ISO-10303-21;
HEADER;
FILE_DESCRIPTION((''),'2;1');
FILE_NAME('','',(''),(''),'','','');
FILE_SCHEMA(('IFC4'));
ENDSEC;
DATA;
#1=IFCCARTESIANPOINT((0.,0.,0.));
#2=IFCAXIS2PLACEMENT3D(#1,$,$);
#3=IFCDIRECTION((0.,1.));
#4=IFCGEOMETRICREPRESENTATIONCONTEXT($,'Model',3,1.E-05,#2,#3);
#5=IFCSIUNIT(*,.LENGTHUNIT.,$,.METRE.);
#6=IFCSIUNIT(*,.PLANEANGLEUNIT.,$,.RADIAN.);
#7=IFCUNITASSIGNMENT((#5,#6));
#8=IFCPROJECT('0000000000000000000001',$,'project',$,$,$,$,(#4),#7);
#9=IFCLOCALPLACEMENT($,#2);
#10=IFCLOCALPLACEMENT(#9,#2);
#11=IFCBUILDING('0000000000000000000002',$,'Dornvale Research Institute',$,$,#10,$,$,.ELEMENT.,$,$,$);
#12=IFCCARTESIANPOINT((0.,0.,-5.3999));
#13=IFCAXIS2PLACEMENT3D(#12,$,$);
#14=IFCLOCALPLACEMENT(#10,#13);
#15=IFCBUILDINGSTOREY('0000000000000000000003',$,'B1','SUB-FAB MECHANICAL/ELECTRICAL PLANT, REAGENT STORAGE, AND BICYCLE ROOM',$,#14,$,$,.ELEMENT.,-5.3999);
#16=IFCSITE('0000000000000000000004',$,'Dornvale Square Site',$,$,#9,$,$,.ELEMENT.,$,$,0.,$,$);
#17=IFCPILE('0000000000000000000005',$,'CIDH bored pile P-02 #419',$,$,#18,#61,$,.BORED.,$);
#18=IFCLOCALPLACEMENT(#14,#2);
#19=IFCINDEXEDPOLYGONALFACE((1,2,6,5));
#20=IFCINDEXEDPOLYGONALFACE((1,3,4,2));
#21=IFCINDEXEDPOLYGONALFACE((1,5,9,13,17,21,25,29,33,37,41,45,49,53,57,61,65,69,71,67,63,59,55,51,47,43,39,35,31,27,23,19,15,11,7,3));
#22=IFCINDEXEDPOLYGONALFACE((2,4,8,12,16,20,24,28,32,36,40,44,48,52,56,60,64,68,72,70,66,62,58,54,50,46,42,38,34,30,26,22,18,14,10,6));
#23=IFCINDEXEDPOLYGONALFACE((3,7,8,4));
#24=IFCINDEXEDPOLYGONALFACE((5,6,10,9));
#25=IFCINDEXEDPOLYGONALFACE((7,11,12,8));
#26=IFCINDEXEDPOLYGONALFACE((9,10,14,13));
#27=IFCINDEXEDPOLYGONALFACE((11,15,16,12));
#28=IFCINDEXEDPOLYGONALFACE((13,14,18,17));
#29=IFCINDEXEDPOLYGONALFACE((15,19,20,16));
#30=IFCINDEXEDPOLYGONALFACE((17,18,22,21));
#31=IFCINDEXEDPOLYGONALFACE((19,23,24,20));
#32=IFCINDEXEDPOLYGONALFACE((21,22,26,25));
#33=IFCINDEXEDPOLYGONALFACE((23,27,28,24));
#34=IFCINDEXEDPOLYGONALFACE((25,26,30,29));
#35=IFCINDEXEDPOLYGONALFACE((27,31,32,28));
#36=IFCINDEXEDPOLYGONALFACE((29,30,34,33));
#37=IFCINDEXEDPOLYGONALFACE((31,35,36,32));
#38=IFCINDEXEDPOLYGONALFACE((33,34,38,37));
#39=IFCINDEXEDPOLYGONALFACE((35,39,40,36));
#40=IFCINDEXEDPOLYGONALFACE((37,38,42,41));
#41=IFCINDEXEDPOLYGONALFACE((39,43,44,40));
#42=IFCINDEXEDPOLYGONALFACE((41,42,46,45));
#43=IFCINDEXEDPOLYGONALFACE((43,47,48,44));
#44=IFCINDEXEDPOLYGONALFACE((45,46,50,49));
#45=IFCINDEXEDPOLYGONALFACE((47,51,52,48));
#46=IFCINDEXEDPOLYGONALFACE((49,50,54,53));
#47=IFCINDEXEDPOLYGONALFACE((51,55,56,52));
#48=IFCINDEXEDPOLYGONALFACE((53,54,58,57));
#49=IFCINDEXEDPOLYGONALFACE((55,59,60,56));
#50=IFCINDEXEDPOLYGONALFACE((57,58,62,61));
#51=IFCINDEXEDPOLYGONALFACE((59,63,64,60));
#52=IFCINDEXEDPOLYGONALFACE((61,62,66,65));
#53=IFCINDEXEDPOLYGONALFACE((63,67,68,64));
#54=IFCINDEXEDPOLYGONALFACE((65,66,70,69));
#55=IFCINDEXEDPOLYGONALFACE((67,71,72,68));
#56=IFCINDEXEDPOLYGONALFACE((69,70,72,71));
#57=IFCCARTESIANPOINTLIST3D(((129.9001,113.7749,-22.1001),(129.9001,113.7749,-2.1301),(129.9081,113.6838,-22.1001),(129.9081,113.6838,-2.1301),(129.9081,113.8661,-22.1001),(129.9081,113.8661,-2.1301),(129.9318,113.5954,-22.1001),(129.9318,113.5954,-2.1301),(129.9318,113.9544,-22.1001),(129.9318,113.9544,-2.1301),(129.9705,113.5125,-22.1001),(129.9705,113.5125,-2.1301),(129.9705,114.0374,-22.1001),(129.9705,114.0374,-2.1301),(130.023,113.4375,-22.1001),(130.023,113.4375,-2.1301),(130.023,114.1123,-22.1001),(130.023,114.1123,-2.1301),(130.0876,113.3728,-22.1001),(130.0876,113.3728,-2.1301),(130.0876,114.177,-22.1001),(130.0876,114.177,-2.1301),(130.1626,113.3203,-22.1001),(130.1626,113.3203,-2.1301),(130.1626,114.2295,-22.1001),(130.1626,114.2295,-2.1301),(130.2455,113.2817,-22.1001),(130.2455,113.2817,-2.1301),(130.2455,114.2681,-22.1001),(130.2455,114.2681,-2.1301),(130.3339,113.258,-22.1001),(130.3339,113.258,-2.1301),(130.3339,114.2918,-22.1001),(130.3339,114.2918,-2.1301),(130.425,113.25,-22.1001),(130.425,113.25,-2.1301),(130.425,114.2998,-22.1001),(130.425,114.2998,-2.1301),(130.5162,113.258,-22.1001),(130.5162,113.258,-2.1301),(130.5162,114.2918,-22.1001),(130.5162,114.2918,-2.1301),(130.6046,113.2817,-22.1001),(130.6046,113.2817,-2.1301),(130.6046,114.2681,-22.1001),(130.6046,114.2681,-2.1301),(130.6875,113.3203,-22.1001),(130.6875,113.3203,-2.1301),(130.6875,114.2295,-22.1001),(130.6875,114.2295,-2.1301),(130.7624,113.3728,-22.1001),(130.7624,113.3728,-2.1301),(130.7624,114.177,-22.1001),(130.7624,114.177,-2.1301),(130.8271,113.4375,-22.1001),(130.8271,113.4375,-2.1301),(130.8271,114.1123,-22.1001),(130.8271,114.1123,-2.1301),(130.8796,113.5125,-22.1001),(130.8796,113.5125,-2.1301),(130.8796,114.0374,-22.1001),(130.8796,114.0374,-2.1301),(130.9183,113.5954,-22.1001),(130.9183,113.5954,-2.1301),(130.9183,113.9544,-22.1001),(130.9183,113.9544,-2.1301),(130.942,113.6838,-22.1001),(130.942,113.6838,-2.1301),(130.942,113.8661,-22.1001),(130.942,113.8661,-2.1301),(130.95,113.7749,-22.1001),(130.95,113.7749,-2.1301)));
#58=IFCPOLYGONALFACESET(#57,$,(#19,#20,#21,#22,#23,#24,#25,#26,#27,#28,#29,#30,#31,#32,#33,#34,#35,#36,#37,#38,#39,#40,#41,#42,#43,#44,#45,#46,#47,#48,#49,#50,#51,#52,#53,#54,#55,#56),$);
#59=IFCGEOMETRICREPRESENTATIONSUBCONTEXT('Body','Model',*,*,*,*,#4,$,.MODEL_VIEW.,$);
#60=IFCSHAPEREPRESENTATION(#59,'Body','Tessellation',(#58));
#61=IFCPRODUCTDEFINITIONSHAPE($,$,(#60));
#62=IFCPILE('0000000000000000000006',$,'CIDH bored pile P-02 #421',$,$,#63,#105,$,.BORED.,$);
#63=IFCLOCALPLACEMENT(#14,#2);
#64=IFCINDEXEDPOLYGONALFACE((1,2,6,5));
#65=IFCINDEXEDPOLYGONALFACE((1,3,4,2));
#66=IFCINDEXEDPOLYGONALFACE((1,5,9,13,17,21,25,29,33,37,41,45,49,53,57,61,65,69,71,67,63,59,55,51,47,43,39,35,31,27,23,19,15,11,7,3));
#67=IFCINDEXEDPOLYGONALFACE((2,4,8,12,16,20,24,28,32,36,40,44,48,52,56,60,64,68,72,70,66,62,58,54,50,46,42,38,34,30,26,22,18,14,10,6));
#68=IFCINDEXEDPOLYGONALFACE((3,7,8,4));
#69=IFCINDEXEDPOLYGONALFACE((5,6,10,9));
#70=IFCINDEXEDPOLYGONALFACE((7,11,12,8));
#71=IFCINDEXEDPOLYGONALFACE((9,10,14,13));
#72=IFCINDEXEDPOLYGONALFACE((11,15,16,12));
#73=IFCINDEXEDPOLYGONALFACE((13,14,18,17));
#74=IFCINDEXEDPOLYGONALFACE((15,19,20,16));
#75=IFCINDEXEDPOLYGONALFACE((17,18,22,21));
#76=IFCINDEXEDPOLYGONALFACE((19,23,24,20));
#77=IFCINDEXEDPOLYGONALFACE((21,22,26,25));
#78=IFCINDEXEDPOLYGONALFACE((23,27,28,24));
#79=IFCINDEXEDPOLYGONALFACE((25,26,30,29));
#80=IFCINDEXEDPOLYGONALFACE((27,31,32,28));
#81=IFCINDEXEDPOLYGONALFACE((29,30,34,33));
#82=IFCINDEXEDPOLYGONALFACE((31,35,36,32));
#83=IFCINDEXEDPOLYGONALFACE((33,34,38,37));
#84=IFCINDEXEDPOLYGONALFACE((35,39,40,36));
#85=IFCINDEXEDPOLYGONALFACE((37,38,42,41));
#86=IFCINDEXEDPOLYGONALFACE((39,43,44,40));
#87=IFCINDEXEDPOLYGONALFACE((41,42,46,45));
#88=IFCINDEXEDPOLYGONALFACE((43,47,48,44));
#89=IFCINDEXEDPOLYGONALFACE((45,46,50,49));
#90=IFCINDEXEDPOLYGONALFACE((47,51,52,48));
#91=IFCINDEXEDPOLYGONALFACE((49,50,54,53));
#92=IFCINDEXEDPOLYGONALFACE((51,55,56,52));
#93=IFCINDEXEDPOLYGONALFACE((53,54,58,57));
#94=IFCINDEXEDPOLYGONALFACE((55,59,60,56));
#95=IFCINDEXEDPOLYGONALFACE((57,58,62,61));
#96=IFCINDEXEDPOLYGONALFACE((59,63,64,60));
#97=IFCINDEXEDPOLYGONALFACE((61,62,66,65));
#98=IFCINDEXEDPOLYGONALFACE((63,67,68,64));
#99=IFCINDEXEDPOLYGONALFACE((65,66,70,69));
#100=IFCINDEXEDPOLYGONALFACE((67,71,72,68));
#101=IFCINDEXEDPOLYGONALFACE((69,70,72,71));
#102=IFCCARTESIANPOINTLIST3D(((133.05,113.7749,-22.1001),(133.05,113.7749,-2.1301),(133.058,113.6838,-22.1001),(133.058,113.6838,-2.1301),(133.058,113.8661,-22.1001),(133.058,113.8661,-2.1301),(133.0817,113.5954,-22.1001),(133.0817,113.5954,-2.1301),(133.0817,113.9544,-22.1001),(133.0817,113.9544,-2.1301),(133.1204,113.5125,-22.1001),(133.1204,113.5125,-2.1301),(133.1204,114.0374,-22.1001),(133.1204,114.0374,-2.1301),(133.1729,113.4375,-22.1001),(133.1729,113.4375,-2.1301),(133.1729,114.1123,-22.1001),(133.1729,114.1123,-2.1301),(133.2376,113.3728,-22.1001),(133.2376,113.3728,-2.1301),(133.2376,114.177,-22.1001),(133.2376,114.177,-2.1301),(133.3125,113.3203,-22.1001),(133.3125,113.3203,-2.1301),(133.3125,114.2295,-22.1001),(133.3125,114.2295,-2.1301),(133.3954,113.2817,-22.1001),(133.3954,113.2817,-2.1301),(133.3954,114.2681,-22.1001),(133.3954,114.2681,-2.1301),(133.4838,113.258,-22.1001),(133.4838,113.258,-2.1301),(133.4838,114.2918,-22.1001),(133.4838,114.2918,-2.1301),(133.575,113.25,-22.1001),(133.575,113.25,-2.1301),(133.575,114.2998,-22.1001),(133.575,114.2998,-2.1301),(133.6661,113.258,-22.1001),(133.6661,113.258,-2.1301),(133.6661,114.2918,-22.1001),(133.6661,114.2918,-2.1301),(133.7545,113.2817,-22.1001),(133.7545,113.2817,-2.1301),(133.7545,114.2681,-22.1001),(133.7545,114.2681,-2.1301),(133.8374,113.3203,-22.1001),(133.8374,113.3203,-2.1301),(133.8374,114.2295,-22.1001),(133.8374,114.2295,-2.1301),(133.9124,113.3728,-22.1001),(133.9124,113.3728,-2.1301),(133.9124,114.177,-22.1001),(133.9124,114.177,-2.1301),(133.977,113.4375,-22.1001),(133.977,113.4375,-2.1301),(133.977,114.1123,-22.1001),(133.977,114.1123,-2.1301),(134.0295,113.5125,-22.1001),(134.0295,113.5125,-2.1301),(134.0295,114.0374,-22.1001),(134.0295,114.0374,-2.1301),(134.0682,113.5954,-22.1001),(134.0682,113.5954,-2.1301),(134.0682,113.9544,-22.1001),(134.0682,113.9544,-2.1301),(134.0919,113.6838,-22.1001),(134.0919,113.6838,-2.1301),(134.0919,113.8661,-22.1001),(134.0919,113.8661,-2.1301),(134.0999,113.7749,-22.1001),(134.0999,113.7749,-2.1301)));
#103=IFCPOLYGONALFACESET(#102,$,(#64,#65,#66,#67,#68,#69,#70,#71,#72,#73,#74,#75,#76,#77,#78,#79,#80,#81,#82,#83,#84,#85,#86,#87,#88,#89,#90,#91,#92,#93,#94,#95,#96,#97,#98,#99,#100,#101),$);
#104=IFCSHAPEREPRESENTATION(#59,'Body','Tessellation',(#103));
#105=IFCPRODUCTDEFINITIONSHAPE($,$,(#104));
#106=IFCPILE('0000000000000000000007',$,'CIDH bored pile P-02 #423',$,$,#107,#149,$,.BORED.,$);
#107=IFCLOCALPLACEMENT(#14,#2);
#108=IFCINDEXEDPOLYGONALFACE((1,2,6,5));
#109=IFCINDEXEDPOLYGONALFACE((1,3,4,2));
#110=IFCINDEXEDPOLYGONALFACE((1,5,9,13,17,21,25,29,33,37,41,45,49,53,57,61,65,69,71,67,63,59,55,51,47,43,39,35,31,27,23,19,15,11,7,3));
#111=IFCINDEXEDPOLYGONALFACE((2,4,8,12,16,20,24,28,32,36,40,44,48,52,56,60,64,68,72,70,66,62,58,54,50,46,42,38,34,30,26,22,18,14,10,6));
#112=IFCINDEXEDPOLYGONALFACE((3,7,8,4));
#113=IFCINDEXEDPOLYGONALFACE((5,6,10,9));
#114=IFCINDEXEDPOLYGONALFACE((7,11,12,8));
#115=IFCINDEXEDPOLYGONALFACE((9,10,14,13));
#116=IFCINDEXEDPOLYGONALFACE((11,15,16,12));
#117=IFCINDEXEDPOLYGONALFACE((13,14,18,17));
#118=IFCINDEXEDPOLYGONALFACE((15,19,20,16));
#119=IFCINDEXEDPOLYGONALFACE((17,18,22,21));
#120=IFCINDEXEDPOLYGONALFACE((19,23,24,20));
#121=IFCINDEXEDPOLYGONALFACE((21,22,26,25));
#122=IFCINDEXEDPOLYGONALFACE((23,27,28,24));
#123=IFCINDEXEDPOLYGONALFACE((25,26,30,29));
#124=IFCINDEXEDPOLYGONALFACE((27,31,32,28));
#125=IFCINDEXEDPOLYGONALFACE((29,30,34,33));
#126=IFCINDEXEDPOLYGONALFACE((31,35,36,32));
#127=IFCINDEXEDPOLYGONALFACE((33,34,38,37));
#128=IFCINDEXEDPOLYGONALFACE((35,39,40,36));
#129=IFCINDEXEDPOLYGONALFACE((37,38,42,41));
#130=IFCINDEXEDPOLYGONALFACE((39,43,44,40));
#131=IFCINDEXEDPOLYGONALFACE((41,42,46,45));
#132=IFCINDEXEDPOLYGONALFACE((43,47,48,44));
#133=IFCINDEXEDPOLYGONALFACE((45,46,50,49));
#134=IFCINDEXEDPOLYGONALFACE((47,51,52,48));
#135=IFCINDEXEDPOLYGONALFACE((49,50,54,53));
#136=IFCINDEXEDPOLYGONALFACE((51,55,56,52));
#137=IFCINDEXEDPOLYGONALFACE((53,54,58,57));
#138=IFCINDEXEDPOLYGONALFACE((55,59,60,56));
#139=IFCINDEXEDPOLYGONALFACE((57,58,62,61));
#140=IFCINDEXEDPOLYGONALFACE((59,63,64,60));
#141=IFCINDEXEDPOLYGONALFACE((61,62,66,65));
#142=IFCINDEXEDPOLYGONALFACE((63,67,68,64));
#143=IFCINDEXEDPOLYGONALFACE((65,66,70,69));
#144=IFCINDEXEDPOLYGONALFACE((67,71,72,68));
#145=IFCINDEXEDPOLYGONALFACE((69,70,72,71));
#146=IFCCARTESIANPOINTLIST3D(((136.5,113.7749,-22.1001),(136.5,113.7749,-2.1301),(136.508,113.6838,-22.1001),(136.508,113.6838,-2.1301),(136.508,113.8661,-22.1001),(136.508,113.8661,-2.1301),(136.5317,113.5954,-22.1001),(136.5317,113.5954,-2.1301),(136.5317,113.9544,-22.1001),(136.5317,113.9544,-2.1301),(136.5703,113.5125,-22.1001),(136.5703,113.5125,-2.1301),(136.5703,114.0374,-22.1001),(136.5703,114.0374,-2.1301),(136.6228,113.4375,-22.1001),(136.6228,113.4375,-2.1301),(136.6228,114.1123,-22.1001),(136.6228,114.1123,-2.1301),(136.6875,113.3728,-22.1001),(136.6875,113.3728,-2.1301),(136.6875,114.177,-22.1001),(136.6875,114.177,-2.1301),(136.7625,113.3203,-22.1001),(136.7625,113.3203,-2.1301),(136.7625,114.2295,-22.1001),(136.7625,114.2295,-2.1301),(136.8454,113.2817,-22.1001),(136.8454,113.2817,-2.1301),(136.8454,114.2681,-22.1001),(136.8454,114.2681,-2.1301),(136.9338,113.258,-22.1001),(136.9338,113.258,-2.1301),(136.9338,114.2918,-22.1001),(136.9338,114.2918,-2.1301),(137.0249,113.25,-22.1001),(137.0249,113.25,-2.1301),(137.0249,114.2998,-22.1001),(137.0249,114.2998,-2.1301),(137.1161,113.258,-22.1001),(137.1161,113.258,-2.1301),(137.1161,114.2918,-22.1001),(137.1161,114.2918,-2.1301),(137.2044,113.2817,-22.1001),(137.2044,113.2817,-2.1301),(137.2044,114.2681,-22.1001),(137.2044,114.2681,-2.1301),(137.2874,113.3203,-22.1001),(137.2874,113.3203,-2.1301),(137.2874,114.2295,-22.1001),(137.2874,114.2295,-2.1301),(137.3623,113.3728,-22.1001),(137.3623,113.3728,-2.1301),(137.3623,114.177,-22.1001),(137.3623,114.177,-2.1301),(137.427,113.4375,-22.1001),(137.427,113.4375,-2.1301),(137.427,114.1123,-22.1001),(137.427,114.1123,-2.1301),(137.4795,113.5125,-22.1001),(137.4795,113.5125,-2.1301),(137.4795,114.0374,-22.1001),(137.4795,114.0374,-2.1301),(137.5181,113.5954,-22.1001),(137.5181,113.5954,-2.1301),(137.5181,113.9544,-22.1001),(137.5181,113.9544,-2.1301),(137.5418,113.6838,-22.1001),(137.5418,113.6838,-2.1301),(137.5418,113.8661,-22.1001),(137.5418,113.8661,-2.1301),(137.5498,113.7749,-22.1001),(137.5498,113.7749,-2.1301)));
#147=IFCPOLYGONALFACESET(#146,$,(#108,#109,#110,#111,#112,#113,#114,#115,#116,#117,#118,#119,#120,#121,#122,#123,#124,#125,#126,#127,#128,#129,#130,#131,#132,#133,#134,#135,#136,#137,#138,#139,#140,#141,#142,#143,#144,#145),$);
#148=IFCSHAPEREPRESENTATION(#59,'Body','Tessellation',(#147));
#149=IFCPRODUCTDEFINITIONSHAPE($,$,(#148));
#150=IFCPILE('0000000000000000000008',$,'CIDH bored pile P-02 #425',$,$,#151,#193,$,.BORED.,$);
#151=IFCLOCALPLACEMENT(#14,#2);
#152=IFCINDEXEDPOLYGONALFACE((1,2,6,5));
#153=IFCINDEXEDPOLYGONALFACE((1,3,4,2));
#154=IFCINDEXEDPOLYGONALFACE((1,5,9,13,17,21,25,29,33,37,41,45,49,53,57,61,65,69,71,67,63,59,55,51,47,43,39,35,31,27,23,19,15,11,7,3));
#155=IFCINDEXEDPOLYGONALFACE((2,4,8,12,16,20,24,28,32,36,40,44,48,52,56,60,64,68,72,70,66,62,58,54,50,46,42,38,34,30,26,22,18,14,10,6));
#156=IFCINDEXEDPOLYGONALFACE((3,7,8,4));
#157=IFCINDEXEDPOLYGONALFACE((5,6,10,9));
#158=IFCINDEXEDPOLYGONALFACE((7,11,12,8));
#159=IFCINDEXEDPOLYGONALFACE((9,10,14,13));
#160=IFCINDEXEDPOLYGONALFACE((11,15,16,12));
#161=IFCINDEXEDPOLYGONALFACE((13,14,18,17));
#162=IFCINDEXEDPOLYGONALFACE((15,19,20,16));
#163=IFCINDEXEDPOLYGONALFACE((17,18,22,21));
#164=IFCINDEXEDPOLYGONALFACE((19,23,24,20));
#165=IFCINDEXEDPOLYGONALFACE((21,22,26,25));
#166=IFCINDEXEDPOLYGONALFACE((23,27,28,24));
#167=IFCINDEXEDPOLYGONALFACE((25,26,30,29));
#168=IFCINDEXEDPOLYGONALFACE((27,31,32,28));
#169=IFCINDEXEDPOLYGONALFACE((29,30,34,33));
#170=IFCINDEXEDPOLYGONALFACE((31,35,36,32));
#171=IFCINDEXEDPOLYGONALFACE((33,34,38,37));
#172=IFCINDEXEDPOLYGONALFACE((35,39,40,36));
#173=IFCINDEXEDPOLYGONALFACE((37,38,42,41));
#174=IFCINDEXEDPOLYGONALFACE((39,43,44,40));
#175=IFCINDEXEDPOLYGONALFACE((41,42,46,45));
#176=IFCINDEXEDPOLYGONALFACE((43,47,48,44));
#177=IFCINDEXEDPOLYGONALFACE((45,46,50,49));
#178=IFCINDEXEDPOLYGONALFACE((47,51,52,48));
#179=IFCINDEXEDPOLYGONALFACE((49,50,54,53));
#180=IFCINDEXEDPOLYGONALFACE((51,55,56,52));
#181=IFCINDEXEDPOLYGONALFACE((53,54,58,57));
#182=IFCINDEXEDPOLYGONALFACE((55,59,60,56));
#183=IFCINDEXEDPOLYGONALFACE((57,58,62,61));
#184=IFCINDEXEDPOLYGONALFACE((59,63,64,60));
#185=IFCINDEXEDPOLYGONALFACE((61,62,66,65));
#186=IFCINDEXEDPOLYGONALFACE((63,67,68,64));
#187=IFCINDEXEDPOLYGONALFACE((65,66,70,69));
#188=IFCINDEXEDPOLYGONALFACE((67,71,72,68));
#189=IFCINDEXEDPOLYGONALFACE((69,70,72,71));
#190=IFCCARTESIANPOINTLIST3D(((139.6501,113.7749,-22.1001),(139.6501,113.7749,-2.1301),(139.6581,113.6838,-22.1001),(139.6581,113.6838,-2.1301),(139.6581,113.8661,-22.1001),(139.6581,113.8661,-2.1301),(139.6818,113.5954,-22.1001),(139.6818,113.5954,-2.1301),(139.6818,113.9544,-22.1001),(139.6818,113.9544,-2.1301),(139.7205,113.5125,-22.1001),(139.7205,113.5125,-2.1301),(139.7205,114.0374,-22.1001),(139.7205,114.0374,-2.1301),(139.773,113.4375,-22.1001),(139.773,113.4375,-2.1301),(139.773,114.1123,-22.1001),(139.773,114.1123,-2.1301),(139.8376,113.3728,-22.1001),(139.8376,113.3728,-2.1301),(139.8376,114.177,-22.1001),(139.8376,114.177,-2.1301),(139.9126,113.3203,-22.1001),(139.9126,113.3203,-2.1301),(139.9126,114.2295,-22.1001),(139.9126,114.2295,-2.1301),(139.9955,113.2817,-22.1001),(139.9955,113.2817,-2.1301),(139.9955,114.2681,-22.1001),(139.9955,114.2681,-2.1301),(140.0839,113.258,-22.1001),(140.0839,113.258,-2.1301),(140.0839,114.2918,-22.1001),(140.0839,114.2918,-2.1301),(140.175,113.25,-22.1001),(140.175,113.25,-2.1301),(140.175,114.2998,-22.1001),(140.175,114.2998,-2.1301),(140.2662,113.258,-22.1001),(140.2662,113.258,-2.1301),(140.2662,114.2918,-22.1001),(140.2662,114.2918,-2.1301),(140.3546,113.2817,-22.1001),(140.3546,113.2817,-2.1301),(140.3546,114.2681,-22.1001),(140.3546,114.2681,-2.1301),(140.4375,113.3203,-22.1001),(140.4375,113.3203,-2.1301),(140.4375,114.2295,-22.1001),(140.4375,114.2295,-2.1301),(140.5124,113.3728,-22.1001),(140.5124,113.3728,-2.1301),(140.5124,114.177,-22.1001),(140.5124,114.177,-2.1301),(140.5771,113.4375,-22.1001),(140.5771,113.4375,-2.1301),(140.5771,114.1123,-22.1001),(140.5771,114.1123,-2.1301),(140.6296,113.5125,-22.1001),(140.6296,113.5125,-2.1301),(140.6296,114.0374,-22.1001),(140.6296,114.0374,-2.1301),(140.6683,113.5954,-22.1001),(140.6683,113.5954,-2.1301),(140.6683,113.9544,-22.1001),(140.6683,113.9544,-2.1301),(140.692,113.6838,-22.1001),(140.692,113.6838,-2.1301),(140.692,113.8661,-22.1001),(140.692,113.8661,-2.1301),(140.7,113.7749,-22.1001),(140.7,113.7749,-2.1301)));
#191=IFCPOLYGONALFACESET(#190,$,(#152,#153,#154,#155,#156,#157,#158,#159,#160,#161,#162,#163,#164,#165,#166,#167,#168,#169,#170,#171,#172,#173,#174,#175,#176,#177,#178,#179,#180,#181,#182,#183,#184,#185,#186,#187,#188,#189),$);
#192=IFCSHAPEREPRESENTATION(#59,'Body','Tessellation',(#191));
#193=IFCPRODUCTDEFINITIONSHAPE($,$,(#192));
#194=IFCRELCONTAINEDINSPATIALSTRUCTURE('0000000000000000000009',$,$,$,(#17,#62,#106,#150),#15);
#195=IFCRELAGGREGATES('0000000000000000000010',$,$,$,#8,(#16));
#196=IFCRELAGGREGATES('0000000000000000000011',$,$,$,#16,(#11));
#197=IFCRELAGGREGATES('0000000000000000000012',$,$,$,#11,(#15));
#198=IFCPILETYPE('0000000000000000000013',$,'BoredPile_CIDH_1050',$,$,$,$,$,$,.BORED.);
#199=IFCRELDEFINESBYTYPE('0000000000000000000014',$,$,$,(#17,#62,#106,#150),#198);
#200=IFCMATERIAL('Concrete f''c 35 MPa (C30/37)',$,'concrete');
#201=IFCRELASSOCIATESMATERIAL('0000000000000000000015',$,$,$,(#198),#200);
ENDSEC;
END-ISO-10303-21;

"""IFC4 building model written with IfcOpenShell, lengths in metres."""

from ifc_helpers import new_model, si_unit, direction, frame, origin, origin_2d, place, context, subcontext, project, spatial, circle, extrude, material, material_profile, profile_set, type_object, element, save


model = new_model("IFC4")

# Units and contexts
model_context = context("Model", 3, precision=1e-05, world=origin(), true_north=direction((0.0, 1.0)))
body_context = subcontext(model_context, "Body", "Model", "MODEL_VIEW")
ifc_project = project(units=[si_unit("LENGTHUNIT", "METRE"), si_unit("PLANEANGLEUNIT", "RADIAN")], contexts=[model_context])

# Site, building, storey
site_placement = place(None, origin())
site = spatial("IfcSite", under=ifc_project, at=site_placement, Name="Dornvale Square Site", CompositionType="ELEMENT", RefElevation=0.0)
building_placement = place(site_placement, origin())
building = spatial("IfcBuilding", under=site, at=building_placement, Name="Dornvale Research Institute", CompositionType="ELEMENT")
storey_placement = place(building_placement, frame((0.0, 0.0, -5.3999)))
storey = spatial("IfcBuildingStorey", under=building, at=storey_placement, Name="B1", Description="SUB-FAB MECHANICAL/ELECTRICAL PLANT, REAGENT STORAGE, AND BICYCLE ROOM", CompositionType="ELEMENT", Elevation=-5.3999)

# Piles
ifc_material_1 = material(Name="Concrete f'c 35 MPa (C30/37)", Category="concrete")
ifc_material_profile_1 = material_profile(ifc_material_1, circle(Radius=0.5249, at=origin_2d()), Name="CIDH PILE D1050")
ifc_profile_set_1 = profile_set([ifc_material_profile_1], Name="Concrete f'c 35 MPa (C30/37)")
pile_type = type_object("IfcPileType", Name="BoredPile_CIDH_1050", PredefinedType="BORED", material=ifc_profile_set_1)
for number, where, z_axis, x_axis, name in (
    (1, (130.425, 113.7749, -2.1301), (0.0, 0.0, -1.0), (1.0, 0.0, 0.0), "CIDH bored pile P-02 #419"),
    (2, (133.575, 113.7749, -2.1301), (0.0, 0.0, -1.0), (1.0, 0.0, 0.0), "CIDH bored pile P-02 #421"),
    (3, (137.0249, 113.7749, -2.1301), (0.0, 0.0, -1.0), (1.0, 0.0, 0.0), "CIDH bored pile P-02 #423"),
    (4, (140.175, 113.7749, -2.1301), (0.0, 0.0, -1.0), (1.0, 0.0, 0.0), "CIDH bored pile P-02 #425"),
):
    element("IfcPile", number, at=place(storey_placement, frame(where, z_axis=z_axis, x_axis=x_axis)), inside=storey, type_object=pile_type, Name=name, PredefinedType="BORED", context=body_context, shape_type="SweptSolid", body=[
        extrude(circle(Radius=0.5249, at=origin_2d()), origin(), (0.0, 0.0, 1.0), 19.97),
    ])

save(model, "model.ifc")
